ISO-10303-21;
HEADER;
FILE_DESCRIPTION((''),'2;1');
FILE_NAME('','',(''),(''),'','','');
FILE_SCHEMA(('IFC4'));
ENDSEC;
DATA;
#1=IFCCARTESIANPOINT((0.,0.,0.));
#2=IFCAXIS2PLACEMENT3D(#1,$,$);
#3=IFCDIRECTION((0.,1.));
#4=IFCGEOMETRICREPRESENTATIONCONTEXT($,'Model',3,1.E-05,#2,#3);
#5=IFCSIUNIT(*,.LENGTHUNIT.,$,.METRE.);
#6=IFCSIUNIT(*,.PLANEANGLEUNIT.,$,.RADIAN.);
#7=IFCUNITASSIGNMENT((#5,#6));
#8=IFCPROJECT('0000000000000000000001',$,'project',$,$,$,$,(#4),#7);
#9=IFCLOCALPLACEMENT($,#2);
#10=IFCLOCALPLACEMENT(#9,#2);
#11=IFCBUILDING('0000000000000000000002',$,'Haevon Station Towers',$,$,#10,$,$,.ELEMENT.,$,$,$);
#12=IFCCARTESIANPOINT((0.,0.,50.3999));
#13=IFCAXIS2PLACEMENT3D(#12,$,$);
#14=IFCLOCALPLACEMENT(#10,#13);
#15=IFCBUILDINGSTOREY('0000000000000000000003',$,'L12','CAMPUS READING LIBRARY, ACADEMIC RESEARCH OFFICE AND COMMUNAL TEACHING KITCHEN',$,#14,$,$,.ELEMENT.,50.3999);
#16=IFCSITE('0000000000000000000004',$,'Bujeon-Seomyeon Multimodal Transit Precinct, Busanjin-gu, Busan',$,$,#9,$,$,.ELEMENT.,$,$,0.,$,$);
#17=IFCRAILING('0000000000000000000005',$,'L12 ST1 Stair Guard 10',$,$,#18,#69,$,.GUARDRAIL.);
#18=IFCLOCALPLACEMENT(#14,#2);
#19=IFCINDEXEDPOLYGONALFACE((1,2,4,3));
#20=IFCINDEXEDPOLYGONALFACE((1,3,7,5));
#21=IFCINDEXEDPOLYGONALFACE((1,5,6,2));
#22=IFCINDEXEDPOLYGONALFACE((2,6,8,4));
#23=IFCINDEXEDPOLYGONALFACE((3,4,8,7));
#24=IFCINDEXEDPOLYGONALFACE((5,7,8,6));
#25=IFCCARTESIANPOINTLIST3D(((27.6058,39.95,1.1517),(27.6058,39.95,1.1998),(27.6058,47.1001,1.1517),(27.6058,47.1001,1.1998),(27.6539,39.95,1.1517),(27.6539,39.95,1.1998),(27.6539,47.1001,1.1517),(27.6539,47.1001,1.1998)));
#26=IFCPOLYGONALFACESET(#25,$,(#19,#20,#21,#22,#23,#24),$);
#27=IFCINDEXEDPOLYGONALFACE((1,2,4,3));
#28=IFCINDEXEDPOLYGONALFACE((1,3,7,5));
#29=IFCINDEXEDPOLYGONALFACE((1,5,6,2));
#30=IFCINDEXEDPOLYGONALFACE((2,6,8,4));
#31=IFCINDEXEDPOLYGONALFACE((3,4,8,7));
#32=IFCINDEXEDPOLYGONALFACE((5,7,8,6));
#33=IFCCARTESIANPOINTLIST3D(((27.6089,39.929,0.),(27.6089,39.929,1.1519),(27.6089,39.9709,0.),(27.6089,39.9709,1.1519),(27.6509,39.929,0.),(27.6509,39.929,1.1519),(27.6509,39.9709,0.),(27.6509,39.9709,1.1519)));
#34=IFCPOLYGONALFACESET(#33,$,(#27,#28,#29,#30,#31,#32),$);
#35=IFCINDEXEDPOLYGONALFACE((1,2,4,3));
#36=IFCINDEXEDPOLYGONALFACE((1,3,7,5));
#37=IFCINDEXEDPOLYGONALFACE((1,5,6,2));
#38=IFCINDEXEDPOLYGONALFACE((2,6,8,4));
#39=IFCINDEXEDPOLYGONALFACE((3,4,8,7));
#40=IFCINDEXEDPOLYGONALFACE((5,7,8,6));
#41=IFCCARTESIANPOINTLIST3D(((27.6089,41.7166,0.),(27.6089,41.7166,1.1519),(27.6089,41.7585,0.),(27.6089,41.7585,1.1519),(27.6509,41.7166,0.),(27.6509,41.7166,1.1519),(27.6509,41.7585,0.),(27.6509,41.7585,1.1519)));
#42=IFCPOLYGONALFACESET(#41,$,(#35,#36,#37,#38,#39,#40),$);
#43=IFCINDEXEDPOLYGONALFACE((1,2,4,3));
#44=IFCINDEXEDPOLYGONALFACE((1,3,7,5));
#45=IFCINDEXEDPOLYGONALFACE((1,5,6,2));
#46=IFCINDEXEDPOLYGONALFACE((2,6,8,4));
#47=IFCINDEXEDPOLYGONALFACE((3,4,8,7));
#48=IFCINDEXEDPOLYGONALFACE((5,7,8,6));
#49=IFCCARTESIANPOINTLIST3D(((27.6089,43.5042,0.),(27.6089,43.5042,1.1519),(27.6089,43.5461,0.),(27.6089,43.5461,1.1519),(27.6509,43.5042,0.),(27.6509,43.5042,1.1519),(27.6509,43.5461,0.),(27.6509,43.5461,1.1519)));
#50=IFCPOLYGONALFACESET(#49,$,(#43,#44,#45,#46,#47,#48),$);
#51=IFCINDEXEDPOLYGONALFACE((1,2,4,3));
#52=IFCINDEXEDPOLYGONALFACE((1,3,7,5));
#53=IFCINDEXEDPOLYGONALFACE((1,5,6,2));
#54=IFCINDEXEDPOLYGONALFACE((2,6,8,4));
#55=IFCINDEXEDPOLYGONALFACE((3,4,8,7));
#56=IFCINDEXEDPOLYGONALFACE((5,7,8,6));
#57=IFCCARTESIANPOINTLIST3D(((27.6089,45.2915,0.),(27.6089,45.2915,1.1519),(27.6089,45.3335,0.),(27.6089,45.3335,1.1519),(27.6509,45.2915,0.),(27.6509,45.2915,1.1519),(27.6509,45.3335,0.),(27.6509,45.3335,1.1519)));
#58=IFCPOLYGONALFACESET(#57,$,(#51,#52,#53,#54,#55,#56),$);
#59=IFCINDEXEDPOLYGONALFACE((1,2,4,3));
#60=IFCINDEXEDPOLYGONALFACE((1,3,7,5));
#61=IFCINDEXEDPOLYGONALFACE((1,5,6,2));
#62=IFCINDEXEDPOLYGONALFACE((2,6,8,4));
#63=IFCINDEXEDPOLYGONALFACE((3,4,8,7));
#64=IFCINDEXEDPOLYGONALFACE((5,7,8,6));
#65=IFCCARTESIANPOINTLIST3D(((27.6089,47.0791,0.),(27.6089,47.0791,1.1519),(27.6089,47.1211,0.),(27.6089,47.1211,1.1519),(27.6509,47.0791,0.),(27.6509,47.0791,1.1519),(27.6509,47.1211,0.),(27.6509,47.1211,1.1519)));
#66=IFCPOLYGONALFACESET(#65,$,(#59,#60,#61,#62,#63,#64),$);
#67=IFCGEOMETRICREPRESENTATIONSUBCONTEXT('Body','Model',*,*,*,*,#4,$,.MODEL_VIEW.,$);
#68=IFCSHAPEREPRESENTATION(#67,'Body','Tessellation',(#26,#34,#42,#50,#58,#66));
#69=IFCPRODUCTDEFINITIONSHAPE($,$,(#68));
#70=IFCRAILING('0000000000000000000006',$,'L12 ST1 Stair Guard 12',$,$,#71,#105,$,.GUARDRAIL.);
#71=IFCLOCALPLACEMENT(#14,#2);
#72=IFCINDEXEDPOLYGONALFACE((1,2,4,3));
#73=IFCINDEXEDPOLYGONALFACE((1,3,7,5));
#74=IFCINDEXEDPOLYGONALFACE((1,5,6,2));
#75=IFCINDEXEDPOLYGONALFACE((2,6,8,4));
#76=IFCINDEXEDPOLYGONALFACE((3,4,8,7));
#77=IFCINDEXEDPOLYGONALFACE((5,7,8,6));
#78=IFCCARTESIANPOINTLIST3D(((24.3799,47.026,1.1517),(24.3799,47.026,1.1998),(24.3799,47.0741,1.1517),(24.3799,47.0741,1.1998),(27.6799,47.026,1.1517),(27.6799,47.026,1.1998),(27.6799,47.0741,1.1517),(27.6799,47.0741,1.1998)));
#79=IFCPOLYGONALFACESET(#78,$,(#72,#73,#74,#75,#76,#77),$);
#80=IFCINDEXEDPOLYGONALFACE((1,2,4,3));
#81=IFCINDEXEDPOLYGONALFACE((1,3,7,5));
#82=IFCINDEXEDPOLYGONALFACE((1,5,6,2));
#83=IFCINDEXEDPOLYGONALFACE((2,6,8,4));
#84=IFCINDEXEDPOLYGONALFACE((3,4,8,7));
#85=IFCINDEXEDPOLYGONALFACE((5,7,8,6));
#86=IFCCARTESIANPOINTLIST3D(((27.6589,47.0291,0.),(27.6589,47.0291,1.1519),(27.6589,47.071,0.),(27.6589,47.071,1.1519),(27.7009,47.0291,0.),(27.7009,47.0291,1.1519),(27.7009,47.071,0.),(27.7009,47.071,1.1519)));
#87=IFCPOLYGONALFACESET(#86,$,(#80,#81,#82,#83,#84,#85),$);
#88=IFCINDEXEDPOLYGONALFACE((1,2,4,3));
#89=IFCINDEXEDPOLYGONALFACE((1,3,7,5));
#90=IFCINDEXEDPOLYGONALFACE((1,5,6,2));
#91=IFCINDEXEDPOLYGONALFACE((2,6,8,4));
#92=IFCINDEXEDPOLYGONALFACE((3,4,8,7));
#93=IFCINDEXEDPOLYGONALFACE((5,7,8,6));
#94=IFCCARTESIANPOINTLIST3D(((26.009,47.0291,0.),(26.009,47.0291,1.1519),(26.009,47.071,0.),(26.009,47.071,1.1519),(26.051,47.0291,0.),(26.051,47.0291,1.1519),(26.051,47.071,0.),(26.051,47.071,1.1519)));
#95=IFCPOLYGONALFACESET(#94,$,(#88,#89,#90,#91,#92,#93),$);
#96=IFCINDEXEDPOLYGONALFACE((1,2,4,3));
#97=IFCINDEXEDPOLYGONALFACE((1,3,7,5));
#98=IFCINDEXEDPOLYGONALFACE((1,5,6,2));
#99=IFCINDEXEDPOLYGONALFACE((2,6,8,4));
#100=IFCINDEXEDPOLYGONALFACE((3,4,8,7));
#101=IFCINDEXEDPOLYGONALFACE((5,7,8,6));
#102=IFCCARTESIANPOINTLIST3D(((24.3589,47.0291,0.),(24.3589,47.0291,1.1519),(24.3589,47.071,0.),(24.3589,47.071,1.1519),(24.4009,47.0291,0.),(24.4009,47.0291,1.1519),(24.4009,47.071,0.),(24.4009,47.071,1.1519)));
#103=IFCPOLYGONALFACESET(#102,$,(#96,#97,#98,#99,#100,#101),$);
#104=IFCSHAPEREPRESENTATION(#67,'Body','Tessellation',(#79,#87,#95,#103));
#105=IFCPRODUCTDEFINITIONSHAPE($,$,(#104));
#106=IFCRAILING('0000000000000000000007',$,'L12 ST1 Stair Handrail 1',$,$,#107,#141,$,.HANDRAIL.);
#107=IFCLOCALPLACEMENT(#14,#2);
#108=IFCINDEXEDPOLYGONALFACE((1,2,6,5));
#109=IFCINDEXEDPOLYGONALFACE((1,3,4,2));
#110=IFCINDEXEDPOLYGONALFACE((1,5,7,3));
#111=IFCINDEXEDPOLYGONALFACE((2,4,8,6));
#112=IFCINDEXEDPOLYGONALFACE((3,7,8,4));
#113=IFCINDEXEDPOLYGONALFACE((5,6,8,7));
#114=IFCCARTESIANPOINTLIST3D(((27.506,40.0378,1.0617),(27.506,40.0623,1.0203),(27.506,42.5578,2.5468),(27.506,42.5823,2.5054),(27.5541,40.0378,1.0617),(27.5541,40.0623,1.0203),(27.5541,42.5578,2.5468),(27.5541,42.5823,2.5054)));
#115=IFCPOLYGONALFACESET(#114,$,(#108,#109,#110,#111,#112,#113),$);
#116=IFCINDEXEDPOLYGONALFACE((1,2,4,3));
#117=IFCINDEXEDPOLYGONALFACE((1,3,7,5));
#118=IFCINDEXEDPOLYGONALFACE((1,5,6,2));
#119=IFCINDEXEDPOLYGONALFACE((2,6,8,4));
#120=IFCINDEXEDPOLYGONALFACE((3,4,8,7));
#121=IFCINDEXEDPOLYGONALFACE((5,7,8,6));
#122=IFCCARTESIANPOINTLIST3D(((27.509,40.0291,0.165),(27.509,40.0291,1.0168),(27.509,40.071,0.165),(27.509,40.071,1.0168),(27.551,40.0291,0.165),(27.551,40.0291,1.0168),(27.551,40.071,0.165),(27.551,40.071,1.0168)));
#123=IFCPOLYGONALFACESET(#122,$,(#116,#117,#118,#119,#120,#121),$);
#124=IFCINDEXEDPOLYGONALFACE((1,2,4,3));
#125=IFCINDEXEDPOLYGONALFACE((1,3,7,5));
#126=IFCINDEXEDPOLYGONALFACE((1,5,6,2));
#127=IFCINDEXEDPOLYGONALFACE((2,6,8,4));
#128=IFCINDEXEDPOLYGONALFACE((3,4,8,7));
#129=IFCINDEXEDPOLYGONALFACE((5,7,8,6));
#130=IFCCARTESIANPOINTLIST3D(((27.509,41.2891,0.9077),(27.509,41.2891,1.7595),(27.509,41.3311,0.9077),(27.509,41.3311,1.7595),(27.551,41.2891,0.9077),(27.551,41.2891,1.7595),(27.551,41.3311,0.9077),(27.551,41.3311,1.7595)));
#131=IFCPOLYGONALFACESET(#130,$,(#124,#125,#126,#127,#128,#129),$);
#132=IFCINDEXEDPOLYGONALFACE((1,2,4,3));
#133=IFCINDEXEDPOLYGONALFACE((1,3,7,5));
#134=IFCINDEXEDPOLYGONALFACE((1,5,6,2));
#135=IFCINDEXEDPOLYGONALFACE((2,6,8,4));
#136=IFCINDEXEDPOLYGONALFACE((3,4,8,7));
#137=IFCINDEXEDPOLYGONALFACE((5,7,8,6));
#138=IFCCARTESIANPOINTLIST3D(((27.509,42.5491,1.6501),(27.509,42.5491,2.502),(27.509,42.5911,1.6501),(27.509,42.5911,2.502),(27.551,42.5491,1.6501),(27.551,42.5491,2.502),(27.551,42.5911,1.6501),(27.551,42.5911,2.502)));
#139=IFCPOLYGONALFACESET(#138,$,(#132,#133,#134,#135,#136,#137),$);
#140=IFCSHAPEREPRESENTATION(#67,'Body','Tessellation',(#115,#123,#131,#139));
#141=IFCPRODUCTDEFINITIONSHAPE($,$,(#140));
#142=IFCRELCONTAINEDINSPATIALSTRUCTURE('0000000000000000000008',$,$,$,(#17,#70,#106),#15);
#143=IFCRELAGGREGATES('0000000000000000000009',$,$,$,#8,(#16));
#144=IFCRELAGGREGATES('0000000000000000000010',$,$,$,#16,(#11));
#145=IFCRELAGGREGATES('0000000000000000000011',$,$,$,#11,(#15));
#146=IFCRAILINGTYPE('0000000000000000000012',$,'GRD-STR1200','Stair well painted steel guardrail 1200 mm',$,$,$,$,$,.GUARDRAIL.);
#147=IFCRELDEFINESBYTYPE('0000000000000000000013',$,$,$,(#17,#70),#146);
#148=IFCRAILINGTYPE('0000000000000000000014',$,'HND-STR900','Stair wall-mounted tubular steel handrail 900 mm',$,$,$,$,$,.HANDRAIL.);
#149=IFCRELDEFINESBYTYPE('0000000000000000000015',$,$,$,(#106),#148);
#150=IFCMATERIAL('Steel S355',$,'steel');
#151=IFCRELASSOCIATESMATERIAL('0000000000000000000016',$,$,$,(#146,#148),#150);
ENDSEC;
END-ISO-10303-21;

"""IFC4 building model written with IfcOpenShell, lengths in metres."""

from ifc_helpers import new_model, si_unit, direction, frame, origin, origin_2d, place, context, subcontext, project, spatial, rectangle, extrude, material, type_object, element, save


model = new_model("IFC4")

# Units and contexts
model_context = context("Model", 3, precision=1e-05, world=origin(), true_north=direction((0.0, 1.0)))
body_context = subcontext(model_context, "Body", "Model", "MODEL_VIEW")
ifc_project = project(units=[si_unit("LENGTHUNIT", "METRE"), si_unit("PLANEANGLEUNIT", "RADIAN")], contexts=[model_context])

# Site, building, storey
site_placement = place(None, origin())
site = spatial("IfcSite", under=ifc_project, at=site_placement, Name="Bujeon-Seomyeon Multimodal Transit Precinct, Busanjin-gu, Busan", CompositionType="ELEMENT", RefElevation=0.0)
building_placement = place(site_placement, origin())
building = spatial("IfcBuilding", under=site, at=building_placement, Name="Haevon Station Towers", CompositionType="ELEMENT")
storey_placement = place(building_placement, frame((0.0, 0.0, 50.3999)))
storey = spatial("IfcBuildingStorey", under=building, at=storey_placement, Name="L12", Description="CAMPUS READING LIBRARY, ACADEMIC RESEARCH OFFICE AND COMMUNAL TEACHING KITCHEN", CompositionType="ELEMENT", Elevation=50.3999)

# Shared definitions
ifc_material_1 = material(Name="Steel S355", Category="steel")

# Railings
railing_type_1 = type_object("IfcRailingType", Name="GRD-STR1200", Description="Stair well painted steel guardrail 1200 mm", PredefinedType="GUARDRAIL", material=ifc_material_1)
railing_1_placement = place(storey_placement, frame((27.6299, 39.95, 0.0)))
element("IfcRailing", 1, at=railing_1_placement, inside=storey, type_object=railing_type_1, Name="L12 ST1 Stair Guard 10", PredefinedType="GUARDRAIL", context=body_context, shape_type="SweptSolid", body=[
    extrude(rectangle(XDim=0.0481, YDim=0.0481, at=origin_2d()), frame((0.0, 0.0, 1.1758), z_axis=(0.0, 1.0, 0.0), x_axis=(-1.0, 0.0, 0.0)), (0.0, 0.0, 1.0), 7.1501),
    extrude(rectangle(XDim=0.042, YDim=0.042, at=origin_2d()), origin(), (0.0, 0.0, 1.0), 1.1519),
    extrude(rectangle(XDim=0.042, YDim=0.042, at=origin_2d()), frame((0.0, 1.7876, 0.0)), (0.0, 0.0, 1.0), 1.1519),
    extrude(rectangle(XDim=0.042, YDim=0.042, at=origin_2d()), frame((0.0, 3.5752, 0.0)), (0.0, 0.0, 1.0), 1.1519),
    extrude(rectangle(XDim=0.042, YDim=0.042, at=origin_2d()), frame((0.0, 5.3625, 0.0)), (0.0, 0.0, 1.0), 1.1519),
    extrude(rectangle(XDim=0.042, YDim=0.042, at=origin_2d()), frame((0.0, 7.1501, 0.0)), (0.0, 0.0, 1.0), 1.1519),
])
railing_2_placement = place(storey_placement, frame((27.6799, 47.05, 0.0)))
element("IfcRailing", 2, at=railing_2_placement, inside=storey, type_object=railing_type_1, Name="L12 ST1 Stair Guard 12", PredefinedType="GUARDRAIL", context=body_context, shape_type="SweptSolid", body=[
    extrude(rectangle(XDim=0.0481, YDim=0.0481, at=origin_2d()), frame((0.0, 0.0, 1.1758), z_axis=(-1.0, 0.0, 0.0), x_axis=(0.0, -1.0, 0.0)), (0.0, 0.0, 1.0), 3.3),
    extrude(rectangle(XDim=0.042, YDim=0.042, at=origin_2d()), origin(), (0.0, 0.0, 1.0), 1.1519),
    extrude(rectangle(XDim=0.042, YDim=0.042, at=origin_2d()), frame((-1.6499, 0.0, 0.0)), (0.0, 0.0, 1.0), 1.1519),
    extrude(rectangle(XDim=0.042, YDim=0.042, at=origin_2d()), frame((-3.3, 0.0, 0.0)), (0.0, 0.0, 1.0), 1.1519),
])
railing_type_2 = type_object("IfcRailingType", Name="HND-STR900", Description="Stair wall-mounted tubular steel handrail 900 mm", PredefinedType="HANDRAIL", material=ifc_material_1)
railing_3_placement = place(storey_placement, frame((27.53, 40.05, 0.165)))
element("IfcRailing", 3, at=railing_3_placement, inside=storey, type_object=railing_type_2, Name="L12 ST1 Stair Handrail 1", PredefinedType="HANDRAIL", context=body_context, shape_type="SweptSolid", body=[
    extrude(rectangle(XDim=0.0481, YDim=0.0481, at=origin_2d()), frame((0.0, 0.0, 0.876), z_axis=(0.0, 0.861524, 0.507717), x_axis=(-1.0, 0.0, 0.0)), (0.0, 0.0, 1.0), 2.925),
    extrude(rectangle(XDim=0.042, YDim=0.042, at=origin_2d()), origin(), (0.0, 0.0, 1.0), 0.8518),
    extrude(rectangle(XDim=0.042, YDim=0.042, at=origin_2d()), frame((0.0, 1.26, 0.7427)), (0.0, 0.0, 1.0), 0.8518),
    extrude(rectangle(XDim=0.042, YDim=0.042, at=origin_2d()), frame((0.0, 2.52, 1.4851)), (0.0, 0.0, 1.0), 0.8518),
])

save(model, "model.ifc")
